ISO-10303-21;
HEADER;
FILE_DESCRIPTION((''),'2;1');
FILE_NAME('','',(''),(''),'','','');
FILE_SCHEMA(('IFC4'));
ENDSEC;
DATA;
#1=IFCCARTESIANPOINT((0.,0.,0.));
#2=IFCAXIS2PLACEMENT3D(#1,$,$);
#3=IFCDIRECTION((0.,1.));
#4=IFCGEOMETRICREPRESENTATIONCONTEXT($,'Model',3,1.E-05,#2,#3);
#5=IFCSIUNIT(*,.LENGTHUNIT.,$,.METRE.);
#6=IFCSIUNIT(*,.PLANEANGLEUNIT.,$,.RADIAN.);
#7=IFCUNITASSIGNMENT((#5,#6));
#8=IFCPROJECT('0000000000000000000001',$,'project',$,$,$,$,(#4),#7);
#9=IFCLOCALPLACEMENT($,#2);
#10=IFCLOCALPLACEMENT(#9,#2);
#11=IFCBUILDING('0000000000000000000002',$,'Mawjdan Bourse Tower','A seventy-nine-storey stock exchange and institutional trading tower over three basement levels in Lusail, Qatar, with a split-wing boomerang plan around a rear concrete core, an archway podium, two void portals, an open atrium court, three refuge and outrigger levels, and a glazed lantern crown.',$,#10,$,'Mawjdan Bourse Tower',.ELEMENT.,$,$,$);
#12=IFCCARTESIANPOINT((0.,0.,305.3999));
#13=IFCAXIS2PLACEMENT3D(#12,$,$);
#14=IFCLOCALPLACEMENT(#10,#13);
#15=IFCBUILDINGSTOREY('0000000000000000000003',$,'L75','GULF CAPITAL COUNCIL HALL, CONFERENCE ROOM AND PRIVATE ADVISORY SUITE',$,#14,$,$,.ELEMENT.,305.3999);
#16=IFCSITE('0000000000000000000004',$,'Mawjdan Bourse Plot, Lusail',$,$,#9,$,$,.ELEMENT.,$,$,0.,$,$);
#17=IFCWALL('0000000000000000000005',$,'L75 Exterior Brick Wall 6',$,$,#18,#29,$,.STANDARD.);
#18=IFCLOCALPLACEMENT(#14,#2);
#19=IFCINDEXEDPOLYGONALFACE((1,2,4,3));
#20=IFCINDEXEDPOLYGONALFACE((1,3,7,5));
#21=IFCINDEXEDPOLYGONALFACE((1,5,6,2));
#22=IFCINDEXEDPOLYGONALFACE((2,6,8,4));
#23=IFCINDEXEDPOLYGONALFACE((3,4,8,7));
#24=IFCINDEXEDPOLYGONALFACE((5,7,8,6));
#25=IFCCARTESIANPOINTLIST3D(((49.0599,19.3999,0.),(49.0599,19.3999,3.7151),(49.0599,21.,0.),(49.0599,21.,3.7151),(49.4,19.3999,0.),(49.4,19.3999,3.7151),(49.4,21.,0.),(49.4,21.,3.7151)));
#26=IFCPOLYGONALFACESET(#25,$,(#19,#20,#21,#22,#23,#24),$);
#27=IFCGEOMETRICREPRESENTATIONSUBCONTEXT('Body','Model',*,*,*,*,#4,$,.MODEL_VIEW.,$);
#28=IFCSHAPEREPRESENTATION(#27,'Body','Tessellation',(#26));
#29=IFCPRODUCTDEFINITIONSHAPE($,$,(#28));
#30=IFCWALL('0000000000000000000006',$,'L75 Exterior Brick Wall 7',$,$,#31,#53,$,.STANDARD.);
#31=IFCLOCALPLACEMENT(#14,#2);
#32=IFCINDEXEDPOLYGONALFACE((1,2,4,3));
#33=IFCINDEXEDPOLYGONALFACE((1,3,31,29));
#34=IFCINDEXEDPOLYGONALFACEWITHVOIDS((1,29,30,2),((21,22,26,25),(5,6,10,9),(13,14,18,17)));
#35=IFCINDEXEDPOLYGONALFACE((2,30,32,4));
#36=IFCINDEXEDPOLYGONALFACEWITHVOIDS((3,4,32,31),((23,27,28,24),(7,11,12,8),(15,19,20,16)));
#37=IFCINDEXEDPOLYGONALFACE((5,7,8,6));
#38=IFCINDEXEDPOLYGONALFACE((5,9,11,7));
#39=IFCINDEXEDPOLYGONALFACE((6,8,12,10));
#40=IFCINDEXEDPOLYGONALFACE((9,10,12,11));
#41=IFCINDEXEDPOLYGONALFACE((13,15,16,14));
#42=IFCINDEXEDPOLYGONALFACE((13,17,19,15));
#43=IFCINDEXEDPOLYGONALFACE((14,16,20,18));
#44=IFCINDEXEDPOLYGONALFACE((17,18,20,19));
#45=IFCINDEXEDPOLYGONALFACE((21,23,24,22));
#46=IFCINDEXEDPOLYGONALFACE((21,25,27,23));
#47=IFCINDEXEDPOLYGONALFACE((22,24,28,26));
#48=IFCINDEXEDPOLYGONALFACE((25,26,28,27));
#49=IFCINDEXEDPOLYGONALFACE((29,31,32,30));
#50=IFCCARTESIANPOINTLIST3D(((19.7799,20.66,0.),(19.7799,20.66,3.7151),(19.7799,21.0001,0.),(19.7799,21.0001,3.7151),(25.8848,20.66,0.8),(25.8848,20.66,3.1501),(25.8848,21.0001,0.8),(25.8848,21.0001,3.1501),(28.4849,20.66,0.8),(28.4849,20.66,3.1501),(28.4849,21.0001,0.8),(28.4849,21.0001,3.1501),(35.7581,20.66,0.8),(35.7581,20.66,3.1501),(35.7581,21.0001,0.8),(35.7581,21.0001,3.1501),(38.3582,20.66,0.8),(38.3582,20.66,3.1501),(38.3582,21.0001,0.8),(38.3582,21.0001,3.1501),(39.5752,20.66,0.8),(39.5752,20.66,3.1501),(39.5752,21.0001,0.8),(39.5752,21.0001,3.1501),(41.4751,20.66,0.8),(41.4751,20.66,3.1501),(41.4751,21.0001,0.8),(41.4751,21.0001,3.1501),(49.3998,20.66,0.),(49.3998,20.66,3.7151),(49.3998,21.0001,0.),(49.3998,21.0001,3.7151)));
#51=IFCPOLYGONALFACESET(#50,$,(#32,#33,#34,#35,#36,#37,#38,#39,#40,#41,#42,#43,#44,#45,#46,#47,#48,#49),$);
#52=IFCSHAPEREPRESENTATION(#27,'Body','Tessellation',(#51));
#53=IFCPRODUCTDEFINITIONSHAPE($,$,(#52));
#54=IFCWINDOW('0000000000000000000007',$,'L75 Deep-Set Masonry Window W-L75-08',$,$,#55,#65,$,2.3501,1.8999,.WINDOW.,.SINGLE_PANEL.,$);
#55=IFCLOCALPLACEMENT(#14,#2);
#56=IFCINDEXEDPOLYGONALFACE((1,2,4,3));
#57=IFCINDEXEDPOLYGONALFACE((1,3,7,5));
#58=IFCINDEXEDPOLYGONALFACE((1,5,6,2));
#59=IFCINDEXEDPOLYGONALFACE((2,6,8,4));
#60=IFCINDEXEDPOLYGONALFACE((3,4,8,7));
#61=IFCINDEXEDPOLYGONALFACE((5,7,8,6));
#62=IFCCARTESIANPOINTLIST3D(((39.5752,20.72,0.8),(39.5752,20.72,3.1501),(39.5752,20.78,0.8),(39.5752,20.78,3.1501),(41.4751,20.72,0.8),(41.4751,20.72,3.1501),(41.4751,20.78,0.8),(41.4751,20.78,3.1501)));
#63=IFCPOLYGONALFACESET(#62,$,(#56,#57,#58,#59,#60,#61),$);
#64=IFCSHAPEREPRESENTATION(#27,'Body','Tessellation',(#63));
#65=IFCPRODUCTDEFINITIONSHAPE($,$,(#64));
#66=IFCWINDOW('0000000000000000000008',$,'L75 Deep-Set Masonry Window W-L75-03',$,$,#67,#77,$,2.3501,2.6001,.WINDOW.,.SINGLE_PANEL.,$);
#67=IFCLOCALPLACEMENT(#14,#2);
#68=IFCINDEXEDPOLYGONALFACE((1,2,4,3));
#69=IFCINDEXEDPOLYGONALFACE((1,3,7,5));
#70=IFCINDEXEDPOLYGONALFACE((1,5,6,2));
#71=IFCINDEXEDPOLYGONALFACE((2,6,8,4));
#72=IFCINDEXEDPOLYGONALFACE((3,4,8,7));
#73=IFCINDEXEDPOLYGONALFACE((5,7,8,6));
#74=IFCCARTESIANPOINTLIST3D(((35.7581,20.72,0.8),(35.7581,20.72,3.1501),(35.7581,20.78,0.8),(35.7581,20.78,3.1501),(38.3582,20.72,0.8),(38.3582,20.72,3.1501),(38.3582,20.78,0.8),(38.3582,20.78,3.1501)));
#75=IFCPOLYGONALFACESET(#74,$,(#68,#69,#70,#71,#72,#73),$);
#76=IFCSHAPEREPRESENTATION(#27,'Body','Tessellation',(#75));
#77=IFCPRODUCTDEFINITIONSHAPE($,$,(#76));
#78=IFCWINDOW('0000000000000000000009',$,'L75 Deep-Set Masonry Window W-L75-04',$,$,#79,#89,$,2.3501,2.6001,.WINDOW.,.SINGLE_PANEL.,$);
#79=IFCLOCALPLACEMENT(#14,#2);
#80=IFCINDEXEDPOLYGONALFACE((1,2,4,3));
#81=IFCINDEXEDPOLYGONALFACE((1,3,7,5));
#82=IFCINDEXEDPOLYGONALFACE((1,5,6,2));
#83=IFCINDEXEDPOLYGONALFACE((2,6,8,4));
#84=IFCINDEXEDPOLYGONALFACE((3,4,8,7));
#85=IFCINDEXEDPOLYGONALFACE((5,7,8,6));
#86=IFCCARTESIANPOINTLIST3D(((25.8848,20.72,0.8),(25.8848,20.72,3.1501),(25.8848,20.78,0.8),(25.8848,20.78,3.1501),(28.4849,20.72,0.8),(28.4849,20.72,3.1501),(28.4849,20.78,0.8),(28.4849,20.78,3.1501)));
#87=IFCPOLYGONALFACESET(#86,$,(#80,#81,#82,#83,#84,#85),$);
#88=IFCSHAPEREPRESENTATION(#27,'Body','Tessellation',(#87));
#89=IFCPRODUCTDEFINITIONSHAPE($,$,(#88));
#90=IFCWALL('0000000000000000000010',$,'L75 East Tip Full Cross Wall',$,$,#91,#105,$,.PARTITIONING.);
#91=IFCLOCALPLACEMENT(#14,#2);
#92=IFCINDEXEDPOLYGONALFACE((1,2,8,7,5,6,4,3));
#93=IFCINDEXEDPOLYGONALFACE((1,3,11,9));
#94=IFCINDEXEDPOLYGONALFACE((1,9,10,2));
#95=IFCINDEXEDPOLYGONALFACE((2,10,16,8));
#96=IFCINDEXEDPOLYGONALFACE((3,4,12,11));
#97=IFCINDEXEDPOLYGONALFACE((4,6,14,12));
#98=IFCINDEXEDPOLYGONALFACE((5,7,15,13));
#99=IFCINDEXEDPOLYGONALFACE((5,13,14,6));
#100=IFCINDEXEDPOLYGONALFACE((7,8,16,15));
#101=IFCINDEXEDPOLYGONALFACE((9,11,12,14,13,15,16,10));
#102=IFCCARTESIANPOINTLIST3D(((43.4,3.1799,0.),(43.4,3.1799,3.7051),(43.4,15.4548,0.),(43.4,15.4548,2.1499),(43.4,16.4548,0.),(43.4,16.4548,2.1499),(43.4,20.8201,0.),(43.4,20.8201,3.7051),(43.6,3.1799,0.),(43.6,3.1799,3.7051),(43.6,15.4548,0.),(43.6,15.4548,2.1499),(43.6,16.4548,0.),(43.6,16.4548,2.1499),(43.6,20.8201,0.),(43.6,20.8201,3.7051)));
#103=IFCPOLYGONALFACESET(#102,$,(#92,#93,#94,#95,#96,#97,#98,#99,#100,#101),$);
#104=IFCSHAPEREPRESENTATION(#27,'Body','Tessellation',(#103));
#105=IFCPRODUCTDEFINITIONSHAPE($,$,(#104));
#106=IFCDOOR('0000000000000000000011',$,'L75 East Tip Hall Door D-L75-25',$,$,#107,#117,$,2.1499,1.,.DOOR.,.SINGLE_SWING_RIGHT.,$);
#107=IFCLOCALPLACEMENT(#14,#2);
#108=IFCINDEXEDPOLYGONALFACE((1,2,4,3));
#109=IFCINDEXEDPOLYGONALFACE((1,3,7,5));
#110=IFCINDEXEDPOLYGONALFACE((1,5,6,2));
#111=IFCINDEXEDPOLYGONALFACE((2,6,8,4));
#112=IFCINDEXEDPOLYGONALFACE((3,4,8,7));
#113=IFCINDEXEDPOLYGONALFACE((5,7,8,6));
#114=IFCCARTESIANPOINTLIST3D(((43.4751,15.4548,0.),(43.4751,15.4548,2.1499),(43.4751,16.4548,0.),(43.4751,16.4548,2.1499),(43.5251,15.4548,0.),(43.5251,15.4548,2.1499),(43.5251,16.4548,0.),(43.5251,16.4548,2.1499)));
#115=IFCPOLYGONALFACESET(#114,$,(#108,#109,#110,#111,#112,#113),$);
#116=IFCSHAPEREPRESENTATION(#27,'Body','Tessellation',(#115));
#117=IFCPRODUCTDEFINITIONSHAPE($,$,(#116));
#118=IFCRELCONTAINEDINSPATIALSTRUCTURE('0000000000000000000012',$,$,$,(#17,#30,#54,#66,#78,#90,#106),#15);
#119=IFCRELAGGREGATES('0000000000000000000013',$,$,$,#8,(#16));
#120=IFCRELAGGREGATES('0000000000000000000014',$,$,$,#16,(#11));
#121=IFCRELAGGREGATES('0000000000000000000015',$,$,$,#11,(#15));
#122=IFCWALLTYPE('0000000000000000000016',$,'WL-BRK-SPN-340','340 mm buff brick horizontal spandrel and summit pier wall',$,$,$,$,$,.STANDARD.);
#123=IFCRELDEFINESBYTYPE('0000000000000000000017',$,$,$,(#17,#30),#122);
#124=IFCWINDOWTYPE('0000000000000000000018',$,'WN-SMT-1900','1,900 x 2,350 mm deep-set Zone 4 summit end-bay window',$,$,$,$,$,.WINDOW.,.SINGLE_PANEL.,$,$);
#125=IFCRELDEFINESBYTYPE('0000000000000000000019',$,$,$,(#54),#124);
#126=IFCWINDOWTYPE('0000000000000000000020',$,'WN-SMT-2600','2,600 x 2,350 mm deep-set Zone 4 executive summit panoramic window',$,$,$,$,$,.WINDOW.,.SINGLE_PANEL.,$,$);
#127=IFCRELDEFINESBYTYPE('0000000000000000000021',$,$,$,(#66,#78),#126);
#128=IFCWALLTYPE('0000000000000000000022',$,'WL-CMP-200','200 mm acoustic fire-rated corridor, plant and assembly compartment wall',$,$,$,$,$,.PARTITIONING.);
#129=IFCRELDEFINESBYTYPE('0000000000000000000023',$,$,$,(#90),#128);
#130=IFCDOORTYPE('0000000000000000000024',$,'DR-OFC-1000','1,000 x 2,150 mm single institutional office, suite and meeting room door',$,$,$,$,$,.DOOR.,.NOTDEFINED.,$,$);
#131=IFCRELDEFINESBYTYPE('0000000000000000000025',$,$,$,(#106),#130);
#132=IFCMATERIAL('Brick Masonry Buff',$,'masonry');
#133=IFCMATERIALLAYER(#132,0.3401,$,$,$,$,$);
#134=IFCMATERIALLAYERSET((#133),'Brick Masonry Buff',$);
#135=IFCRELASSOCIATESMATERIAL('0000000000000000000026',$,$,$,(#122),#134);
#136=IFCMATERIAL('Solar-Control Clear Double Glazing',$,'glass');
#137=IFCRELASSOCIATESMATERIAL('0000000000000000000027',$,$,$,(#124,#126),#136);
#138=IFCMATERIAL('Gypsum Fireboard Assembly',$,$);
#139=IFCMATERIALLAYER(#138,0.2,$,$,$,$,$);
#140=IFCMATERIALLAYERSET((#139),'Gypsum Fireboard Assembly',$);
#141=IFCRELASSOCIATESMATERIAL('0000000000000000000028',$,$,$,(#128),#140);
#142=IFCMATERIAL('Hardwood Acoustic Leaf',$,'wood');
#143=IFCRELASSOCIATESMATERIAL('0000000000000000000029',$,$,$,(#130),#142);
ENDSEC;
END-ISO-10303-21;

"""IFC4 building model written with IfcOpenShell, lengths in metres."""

from ifc_helpers import new_model, si_unit, direction, frame, frame_2d, origin, place, context, subcontext, project, spatial, rectangle, extrude, material, layer, layer_set, type_object, element, fill, save


model = new_model("IFC4")

# Units and contexts
model_context = context("Model", 3, precision=1e-05, world=origin(), true_north=direction((0.0, 1.0)))
body_context = subcontext(model_context, "Body", "Model", "MODEL_VIEW")
ifc_project = project(units=[si_unit("LENGTHUNIT", "METRE"), si_unit("PLANEANGLEUNIT", "RADIAN")], contexts=[model_context])

# Site, building, storey
site_placement = place(None, origin())
site = spatial("IfcSite", under=ifc_project, at=site_placement, Name="Mawjdan Bourse Plot, Lusail", CompositionType="ELEMENT", RefElevation=0.0)
building_placement = place(site_placement, origin())
building = spatial("IfcBuilding", under=site, at=building_placement, Name="Mawjdan Bourse Tower", Description="A seventy-nine-storey stock exchange and institutional trading tower over three basement levels in Lusail, Qatar, with a split-wing boomerang plan around a rear concrete core, an archway podium, two void portals, an open atrium court, three refuge and outrigger levels, and a glazed lantern crown.", LongName="Mawjdan Bourse Tower", CompositionType="ELEMENT")
storey_placement = place(building_placement, frame((0.0, 0.0, 305.3999)))
storey = spatial("IfcBuildingStorey", under=building, at=storey_placement, Name="L75", Description="GULF CAPITAL COUNCIL HALL, CONFERENCE ROOM AND PRIVATE ADVISORY SUITE", CompositionType="ELEMENT", Elevation=305.3999)

# Shared definitions
ifc_material_1 = material(Name="Brick Masonry Buff", Category="masonry")
ifc_layer_1 = layer(ifc_material_1, 0.3401)
ifc_layer_set_1 = layer_set([ifc_layer_1], Name="Brick Masonry Buff")
wall_type_1 = type_object("IfcWallType", Name="WL-BRK-SPN-340", Description="340 mm buff brick horizontal spandrel and summit pier wall", PredefinedType="STANDARD", material=ifc_layer_set_1)

# Shared definitions
ifc_material_2 = material(Name="Solar-Control Clear Double Glazing", Category="glass")
window_type_1 = type_object("IfcWindowType", Name="WN-SMT-1900", Description="1,900 x 2,350 mm deep-set Zone 4 summit end-bay window", PartitioningType="SINGLE_PANEL", PredefinedType="WINDOW", material=ifc_material_2)

# Wall
for number, where, z_axis, x_axis, name in (
    (1, (49.23, 19.3999, 0.0), (0.0, 0.0, 1.0), (0.0, 1.0, 0.0), "L75 Exterior Brick Wall 6"),
):
    element("IfcWall", number, at=place(storey_placement, frame(where, z_axis=z_axis, x_axis=x_axis)), inside=storey, type_object=wall_type_1, Name=name, PredefinedType="STANDARD", context=body_context, shape_type="SweptSolid", body=[
        extrude(rectangle(XDim=1.6001, YDim=0.3401, at=frame_2d((0.8, 0.0))), origin(), (0.0, 0.0, 1.0), 3.7151),
    ])

# Wall, openings, windows
wall_1_placement = place(storey_placement, frame((49.3999, 20.8301, 0.0), z_axis=(0.0, 0.0, 1.0), x_axis=(-1.0, 0.0, 0.0)))
wall_1 = element("IfcWall", 2, at=wall_1_placement, inside=storey, type_object=wall_type_1, Name="L75 Exterior Brick Wall 7", PredefinedType="STANDARD", context=body_context, shape_type="SweptSolid", body=[
    extrude(rectangle(XDim=29.6199, YDim=0.3401, at=frame_2d((14.8101, 0.0))), origin(), (0.0, 0.0, 1.0), 3.7151),
])
opening_1_placement = place(wall_1_placement, frame((11.0417, 0.0, 0.8)))
opening_1 = element("IfcOpeningElement", 3, at=opening_1_placement, cuts=wall_1, PredefinedType="OPENING", context=body_context, shape_type="SweptSolid", body=[
    extrude(rectangle(XDim=2.6001, YDim=2.3501, at=frame_2d((1.3, 1.175))), frame((0.0, 0.1802, 0.0), z_axis=(0.0, -1.0, 0.0), x_axis=(1.0, 0.0, 0.0)), (0.0, 0.0, 1.0), 0.3601),
])
opening_2_placement = place(wall_1_placement, frame((20.915, 0.0, 0.8)))
opening_2 = element("IfcOpeningElement", 4, at=opening_2_placement, cuts=wall_1, PredefinedType="OPENING", context=body_context, shape_type="SweptSolid", body=[
    extrude(rectangle(XDim=2.6001, YDim=2.3501, at=frame_2d((1.3, 1.175))), frame((0.0, 0.1802, 0.0), z_axis=(0.0, -1.0, 0.0), x_axis=(1.0, 0.0, 0.0)), (0.0, 0.0, 1.0), 0.3601),
])
opening_3_placement = place(wall_1_placement, frame((7.9248, 0.0, 0.8)))
opening_3 = element("IfcOpeningElement", 5, at=opening_3_placement, cuts=wall_1, PredefinedType="OPENING", context=body_context, shape_type="SweptSolid", body=[
    extrude(rectangle(XDim=1.8999, YDim=2.3501, at=frame_2d((0.95, 1.175))), frame((0.0, 0.1802, 0.0), z_axis=(0.0, -1.0, 0.0), x_axis=(1.0, 0.0, 0.0)), (0.0, 0.0, 1.0), 0.3601),
])
window_1_placement = place(opening_3_placement, origin())
window_1 = element("IfcWindow", 6, at=window_1_placement, inside=storey, type_object=window_type_1, Name="L75 Deep-Set Masonry Window W-L75-08", OverallHeight=2.3501, OverallWidth=1.8999, PartitioningType="SINGLE_PANEL", PredefinedType="WINDOW", context=body_context, shape_type="SweptSolid", body=[
    extrude(rectangle(XDim=1.8999, YDim=2.3501, at=frame_2d((0.95, 1.175))), frame((0.0, 0.1101, 0.0), z_axis=(0.0, -1.0, 0.0), x_axis=(1.0, 0.0, 0.0)), (0.0, 0.0, 1.0), 0.0601),
])
fill(opening_3, window_1)
window_type_2 = type_object("IfcWindowType", Name="WN-SMT-2600", Description="2,600 x 2,350 mm deep-set Zone 4 executive summit panoramic window", PartitioningType="SINGLE_PANEL", PredefinedType="WINDOW", material=ifc_material_2)
window_2_placement = place(opening_1_placement, origin())
window_2 = element("IfcWindow", 7, at=window_2_placement, inside=storey, type_object=window_type_2, Name="L75 Deep-Set Masonry Window W-L75-03", OverallHeight=2.3501, OverallWidth=2.6001, PartitioningType="SINGLE_PANEL", PredefinedType="WINDOW", context=body_context, shape_type="SweptSolid", body=[
    extrude(rectangle(XDim=2.6001, YDim=2.3501, at=frame_2d((1.3, 1.175))), frame((0.0, 0.1101, 0.0), z_axis=(0.0, -1.0, 0.0), x_axis=(1.0, 0.0, 0.0)), (0.0, 0.0, 1.0), 0.0601),
])
fill(opening_1, window_2)
window_3_placement = place(opening_2_placement, origin())
window_3 = element("IfcWindow", 8, at=window_3_placement, inside=storey, type_object=window_type_2, Name="L75 Deep-Set Masonry Window W-L75-04", OverallHeight=2.3501, OverallWidth=2.6001, PartitioningType="SINGLE_PANEL", PredefinedType="WINDOW", context=body_context, shape_type="SweptSolid", body=[
    extrude(rectangle(XDim=2.6001, YDim=2.3501, at=frame_2d((1.3, 1.175))), frame((0.0, 0.1101, 0.0), z_axis=(0.0, -1.0, 0.0), x_axis=(1.0, 0.0, 0.0)), (0.0, 0.0, 1.0), 0.0601),
])
fill(opening_2, window_3)

# Wall, opening, door
ifc_material_3 = material(Name="Gypsum Fireboard Assembly")
ifc_layer_2 = layer(ifc_material_3, 0.2)
ifc_layer_set_2 = layer_set([ifc_layer_2], Name="Gypsum Fireboard Assembly")
wall_type_2 = type_object("IfcWallType", Name="WL-CMP-200", Description="200 mm acoustic fire-rated corridor, plant and assembly compartment wall", PredefinedType="PARTITIONING", material=ifc_layer_set_2)
wall_2_placement = place(storey_placement, frame((43.5, 3.1799, 0.0), z_axis=(0.0, 0.0, 1.0), x_axis=(0.0, 1.0, 0.0)))
wall_2 = element("IfcWall", 9, at=wall_2_placement, inside=storey, type_object=wall_type_2, Name="L75 East Tip Full Cross Wall", PredefinedType="PARTITIONING", context=body_context, shape_type="SweptSolid", body=[
    extrude(rectangle(XDim=17.6401, YDim=0.2, at=frame_2d((8.8201, 0.0))), origin(), (0.0, 0.0, 1.0), 3.7051),
])
opening_4_placement = place(wall_2_placement, frame((12.2749, 0.0, 0.0)))
opening_4 = element("IfcOpeningElement", 10, at=opening_4_placement, cuts=wall_2, PredefinedType="OPENING", context=body_context, shape_type="SweptSolid", body=[
    extrude(rectangle(XDim=1.0, YDim=2.1499, at=frame_2d((0.5, 1.075))), frame((0.0, 0.1099, 0.0), z_axis=(0.0, -1.0, 0.0), x_axis=(1.0, 0.0, 0.0)), (0.0, 0.0, 1.0), 0.22),
])
ifc_material_4 = material(Name="Hardwood Acoustic Leaf", Category="wood")
door_type = type_object("IfcDoorType", Name="DR-OFC-1000", Description="1,000 x 2,150 mm single institutional office, suite and meeting room door", OperationType="NOTDEFINED", PredefinedType="DOOR", material=ifc_material_4)
door_placement = place(opening_4_placement, origin())
door = element("IfcDoor", 11, at=door_placement, inside=storey, type_object=door_type, Name="L75 East Tip Hall Door D-L75-25", OperationType="SINGLE_SWING_RIGHT", OverallHeight=2.1499, OverallWidth=1.0, PredefinedType="DOOR", context=body_context, shape_type="SweptSolid", body=[
    extrude(rectangle(XDim=1.0, YDim=2.1499, at=frame_2d((0.5, 1.075))), frame((0.0, 0.0249, 0.0), z_axis=(0.0, -1.0, 0.0), x_axis=(1.0, 0.0, 0.0)), (0.0, 0.0, 1.0), 0.05),
])
fill(opening_4, door)

save(model, "model.ifc")
